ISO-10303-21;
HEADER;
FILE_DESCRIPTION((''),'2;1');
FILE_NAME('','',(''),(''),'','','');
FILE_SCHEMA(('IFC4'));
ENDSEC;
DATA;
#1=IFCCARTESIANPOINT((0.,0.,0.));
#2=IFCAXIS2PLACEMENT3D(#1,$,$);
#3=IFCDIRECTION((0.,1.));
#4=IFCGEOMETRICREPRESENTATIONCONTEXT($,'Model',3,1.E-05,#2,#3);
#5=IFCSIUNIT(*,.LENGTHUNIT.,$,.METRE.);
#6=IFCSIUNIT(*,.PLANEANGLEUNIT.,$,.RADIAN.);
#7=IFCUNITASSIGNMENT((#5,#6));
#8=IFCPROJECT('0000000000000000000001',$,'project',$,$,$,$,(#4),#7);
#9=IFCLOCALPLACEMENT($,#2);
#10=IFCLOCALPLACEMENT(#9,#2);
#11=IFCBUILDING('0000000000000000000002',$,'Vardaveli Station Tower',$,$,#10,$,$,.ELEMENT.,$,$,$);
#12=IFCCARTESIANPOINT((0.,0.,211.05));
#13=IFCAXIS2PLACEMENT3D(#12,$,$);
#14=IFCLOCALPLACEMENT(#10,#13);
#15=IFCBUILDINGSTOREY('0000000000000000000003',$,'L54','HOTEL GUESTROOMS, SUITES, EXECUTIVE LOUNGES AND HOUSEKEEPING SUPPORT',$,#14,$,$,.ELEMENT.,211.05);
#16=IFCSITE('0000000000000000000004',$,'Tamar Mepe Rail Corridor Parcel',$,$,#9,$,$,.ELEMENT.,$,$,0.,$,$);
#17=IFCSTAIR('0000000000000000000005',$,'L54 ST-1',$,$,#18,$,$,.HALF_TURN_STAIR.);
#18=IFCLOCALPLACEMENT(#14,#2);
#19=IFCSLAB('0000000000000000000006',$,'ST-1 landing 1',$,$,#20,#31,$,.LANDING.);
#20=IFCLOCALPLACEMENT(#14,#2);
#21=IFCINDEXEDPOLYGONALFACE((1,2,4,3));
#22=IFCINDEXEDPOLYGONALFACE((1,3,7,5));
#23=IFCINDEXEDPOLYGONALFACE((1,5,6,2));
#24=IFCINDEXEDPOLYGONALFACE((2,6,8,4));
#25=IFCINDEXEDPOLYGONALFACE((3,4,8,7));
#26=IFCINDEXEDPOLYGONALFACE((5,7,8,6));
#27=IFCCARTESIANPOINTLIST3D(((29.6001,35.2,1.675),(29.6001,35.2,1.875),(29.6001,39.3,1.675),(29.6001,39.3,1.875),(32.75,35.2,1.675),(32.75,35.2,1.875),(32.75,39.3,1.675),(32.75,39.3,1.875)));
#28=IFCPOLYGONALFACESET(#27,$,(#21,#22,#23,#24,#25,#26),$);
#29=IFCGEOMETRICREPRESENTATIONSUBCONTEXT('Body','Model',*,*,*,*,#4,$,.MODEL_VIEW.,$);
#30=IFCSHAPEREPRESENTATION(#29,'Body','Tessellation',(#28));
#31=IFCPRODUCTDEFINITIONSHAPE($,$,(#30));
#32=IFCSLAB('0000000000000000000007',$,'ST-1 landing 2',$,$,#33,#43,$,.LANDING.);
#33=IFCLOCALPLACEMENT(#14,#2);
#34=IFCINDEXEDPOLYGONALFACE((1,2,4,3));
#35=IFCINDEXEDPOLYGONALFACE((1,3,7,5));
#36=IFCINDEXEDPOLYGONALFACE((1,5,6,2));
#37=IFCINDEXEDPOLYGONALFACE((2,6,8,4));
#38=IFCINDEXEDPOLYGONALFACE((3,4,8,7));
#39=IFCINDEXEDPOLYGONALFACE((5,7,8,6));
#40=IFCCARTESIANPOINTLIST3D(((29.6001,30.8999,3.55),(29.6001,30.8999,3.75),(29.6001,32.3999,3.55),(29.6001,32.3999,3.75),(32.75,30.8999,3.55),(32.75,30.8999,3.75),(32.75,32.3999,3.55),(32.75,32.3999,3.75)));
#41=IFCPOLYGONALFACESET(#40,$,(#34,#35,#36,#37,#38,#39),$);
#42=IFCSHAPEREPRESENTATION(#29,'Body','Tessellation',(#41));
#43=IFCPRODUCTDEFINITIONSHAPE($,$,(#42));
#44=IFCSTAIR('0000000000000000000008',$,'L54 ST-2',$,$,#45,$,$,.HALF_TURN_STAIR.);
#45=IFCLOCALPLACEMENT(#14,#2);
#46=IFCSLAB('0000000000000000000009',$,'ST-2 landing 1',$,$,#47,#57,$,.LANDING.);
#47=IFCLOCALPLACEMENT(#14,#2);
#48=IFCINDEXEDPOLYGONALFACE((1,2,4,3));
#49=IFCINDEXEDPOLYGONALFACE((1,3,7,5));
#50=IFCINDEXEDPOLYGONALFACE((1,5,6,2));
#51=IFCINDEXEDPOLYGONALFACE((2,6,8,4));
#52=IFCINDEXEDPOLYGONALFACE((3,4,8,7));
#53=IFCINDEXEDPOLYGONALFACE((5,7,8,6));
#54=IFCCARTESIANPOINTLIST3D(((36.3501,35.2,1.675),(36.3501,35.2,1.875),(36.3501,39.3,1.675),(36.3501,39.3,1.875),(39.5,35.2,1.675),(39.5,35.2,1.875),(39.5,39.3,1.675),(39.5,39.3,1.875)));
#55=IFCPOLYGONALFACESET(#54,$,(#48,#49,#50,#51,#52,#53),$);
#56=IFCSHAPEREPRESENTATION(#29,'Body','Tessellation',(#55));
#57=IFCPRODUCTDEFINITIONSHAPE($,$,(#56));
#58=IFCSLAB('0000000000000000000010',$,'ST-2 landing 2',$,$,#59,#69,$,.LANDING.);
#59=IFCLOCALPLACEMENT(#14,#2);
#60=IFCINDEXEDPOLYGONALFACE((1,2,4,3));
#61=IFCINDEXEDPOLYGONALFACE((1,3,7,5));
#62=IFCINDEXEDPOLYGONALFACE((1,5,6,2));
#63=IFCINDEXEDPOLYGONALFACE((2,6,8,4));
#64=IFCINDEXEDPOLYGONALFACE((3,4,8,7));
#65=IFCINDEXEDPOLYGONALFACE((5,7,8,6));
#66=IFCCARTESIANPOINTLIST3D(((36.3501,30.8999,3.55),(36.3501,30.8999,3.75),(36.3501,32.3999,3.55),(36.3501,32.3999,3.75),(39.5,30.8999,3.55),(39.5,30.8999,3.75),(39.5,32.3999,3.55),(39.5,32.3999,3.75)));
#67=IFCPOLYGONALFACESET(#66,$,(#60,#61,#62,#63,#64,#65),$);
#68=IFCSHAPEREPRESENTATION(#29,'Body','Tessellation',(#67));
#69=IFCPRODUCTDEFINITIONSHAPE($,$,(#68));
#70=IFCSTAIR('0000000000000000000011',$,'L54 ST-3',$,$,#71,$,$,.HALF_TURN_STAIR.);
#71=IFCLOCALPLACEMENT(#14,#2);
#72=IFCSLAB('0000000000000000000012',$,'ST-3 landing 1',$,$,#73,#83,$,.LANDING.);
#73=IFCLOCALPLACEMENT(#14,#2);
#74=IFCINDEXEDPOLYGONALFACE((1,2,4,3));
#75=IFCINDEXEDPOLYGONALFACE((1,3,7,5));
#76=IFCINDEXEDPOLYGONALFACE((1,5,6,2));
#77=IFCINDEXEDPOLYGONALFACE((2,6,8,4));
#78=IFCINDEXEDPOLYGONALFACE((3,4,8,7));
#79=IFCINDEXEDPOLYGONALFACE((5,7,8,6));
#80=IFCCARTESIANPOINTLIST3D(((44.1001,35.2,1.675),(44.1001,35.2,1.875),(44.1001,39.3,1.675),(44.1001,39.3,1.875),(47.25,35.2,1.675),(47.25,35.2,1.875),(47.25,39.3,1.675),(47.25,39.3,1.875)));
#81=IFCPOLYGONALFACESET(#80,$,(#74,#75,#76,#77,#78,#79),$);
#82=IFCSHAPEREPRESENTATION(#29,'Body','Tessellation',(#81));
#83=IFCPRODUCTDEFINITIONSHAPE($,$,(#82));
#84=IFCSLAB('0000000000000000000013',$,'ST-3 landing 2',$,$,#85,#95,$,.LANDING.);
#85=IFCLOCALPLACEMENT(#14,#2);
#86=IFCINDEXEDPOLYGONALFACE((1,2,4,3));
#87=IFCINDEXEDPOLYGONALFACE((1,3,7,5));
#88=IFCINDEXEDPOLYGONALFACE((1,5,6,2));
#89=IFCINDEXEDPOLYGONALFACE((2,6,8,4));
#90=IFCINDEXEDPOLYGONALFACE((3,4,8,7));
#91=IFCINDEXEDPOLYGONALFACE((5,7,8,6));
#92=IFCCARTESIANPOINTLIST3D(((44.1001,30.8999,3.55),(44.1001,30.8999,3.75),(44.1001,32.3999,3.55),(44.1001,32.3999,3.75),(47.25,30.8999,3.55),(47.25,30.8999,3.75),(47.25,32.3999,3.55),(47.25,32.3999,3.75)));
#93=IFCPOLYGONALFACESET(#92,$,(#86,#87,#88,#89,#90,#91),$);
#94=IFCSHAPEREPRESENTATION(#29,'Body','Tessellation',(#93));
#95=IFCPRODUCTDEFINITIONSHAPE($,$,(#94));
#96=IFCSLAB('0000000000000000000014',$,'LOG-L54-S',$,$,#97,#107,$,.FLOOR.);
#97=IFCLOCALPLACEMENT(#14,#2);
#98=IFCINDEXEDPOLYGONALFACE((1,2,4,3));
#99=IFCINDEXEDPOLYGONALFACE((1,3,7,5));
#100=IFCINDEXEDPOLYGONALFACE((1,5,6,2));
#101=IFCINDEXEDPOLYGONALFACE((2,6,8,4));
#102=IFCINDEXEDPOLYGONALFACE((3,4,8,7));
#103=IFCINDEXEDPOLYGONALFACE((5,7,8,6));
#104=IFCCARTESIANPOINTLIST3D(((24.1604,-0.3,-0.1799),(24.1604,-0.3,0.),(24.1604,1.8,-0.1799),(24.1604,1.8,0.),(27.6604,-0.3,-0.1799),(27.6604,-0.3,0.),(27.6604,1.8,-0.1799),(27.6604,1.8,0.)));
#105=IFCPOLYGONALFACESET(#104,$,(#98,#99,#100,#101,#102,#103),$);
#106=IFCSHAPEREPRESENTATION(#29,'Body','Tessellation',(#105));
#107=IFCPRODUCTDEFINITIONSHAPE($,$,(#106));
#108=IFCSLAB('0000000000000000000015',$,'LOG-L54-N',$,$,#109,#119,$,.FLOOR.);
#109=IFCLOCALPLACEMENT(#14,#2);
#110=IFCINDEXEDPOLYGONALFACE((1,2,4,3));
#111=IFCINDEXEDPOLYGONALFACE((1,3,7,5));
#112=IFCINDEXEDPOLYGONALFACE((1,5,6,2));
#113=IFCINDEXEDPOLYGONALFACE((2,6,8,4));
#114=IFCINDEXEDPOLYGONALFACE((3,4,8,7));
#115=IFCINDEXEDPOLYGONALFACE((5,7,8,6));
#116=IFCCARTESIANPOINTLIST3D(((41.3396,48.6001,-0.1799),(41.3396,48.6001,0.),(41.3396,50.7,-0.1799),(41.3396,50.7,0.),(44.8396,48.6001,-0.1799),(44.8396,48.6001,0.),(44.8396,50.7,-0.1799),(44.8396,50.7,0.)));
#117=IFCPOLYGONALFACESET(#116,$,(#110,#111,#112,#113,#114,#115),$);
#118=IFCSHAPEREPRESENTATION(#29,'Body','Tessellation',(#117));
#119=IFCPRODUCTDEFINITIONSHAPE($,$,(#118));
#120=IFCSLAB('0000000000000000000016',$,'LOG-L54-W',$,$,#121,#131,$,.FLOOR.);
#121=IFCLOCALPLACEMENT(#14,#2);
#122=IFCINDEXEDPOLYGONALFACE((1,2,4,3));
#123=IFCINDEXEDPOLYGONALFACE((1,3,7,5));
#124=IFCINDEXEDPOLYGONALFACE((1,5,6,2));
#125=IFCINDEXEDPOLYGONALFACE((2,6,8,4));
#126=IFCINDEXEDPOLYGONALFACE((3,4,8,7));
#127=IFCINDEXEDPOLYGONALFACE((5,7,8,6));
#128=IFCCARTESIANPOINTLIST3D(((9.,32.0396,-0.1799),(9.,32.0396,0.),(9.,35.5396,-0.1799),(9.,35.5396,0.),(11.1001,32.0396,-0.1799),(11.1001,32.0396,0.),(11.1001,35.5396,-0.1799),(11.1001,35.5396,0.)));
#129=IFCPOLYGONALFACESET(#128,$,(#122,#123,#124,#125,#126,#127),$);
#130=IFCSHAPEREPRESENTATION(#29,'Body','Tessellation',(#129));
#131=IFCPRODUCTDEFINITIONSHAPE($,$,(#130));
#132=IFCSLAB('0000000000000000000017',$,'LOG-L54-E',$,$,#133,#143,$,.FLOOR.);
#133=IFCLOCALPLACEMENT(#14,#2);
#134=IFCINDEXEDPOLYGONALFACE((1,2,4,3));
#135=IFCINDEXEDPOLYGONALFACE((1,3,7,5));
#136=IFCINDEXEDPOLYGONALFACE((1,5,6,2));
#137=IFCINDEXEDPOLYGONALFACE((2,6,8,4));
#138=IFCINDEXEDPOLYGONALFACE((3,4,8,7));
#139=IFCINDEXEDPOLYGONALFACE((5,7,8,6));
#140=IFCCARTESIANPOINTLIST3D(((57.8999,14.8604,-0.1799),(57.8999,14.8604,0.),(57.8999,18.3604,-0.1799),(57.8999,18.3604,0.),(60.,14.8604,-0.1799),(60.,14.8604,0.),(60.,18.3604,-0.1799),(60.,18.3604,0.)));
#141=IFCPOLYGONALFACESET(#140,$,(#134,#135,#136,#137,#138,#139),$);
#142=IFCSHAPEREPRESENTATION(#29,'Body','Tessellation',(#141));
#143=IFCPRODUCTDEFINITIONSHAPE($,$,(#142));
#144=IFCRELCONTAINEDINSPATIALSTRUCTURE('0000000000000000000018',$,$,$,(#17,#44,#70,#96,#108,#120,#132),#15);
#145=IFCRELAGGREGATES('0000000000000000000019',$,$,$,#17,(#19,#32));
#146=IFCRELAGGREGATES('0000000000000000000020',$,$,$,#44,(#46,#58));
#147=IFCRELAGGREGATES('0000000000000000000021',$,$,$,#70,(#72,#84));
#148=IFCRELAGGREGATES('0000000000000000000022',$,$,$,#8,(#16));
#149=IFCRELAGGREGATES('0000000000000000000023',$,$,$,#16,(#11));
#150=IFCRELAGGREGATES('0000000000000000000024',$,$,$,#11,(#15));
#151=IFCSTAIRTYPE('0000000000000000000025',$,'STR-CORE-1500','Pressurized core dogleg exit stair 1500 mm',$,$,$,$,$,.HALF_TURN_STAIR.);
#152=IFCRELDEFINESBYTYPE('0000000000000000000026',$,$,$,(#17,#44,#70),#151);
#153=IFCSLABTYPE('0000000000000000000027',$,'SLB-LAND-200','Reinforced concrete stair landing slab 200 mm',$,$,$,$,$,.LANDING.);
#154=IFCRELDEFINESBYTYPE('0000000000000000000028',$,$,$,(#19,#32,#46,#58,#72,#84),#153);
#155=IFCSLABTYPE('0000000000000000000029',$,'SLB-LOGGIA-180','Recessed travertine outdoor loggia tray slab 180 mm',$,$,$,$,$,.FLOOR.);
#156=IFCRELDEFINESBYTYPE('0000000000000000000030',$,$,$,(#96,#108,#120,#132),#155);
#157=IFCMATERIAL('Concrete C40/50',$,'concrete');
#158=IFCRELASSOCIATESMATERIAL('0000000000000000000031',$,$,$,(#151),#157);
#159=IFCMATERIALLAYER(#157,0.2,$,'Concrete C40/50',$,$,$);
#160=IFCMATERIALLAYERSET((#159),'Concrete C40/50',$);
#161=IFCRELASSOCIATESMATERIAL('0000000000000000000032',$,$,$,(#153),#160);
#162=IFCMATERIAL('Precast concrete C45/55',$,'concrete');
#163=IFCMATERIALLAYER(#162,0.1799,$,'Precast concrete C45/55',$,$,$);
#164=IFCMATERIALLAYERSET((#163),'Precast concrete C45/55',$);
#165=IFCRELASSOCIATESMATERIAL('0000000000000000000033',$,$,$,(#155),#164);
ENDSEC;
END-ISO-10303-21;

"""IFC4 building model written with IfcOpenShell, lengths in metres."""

from ifc_helpers import new_model, si_unit, direction, frame, origin, place, context, subcontext, project, spatial, polyline, outline, extrude, material, layer, layer_set, type_object, element, aggregate, save


model = new_model("IFC4")

# Units and contexts
model_context = context("Model", 3, precision=1e-05, world=origin(), true_north=direction((0.0, 1.0)))
body_context = subcontext(model_context, "Body", "Model", "MODEL_VIEW")
ifc_project = project(units=[si_unit("LENGTHUNIT", "METRE"), si_unit("PLANEANGLEUNIT", "RADIAN")], contexts=[model_context])

# Site, building, storey
site_placement = place(None, origin())
site = spatial("IfcSite", under=ifc_project, at=site_placement, Name="Tamar Mepe Rail Corridor Parcel", CompositionType="ELEMENT", RefElevation=0.0)
building_placement = place(site_placement, origin())
building = spatial("IfcBuilding", under=site, at=building_placement, Name="Vardaveli Station Tower", CompositionType="ELEMENT")
storey_placement = place(building_placement, frame((0.0, 0.0, 211.05)))
storey = spatial("IfcBuildingStorey", under=building, at=storey_placement, Name="L54", Description="HOTEL GUESTROOMS, SUITES, EXECUTIVE LOUNGES AND HOUSEKEEPING SUPPORT", CompositionType="ELEMENT", Elevation=211.05)

# Stairs, slabs
ifc_material_1 = material(Name="Concrete C40/50", Category="concrete")
stair_type = type_object("IfcStairType", Name="STR-CORE-1500", Description="Pressurized core dogleg exit stair 1500 mm", PredefinedType="HALF_TURN_STAIR", material=ifc_material_1)
stair_1_placement = place(storey_placement, origin())
stair_1 = element("IfcStair", 1, at=stair_1_placement, inside=storey, type_object=stair_type, Name="L54 ST-1", PredefinedType="HALF_TURN_STAIR")
ifc_layer_1 = layer(ifc_material_1, 0.2, Name="Concrete C40/50")
ifc_layer_set_1 = layer_set([ifc_layer_1], Name="Concrete C40/50")
slab_type_1 = type_object("IfcSlabType", Name="SLB-LAND-200", Description="Reinforced concrete stair landing slab 200 mm", PredefinedType="LANDING", material=ifc_layer_set_1)
slab_1_placement = place(storey_placement, frame((0.0, 0.0, 1.675)))
slab_1 = element("IfcSlab", 2, at=slab_1_placement, type_object=slab_type_1, Name="ST-1 landing 1", PredefinedType="LANDING", context=body_context, shape_type="SweptSolid", body=[
    extrude(outline(polyline([(32.75, 35.2), (32.75, 39.3), (29.6001, 39.3), (29.6001, 35.2), (32.75, 35.2)])), origin(), (0.0, 0.0, 1.0), 0.2),
])
slab_2_placement = place(storey_placement, frame((0.0, 0.0, 3.55)))
slab_2 = element("IfcSlab", 3, at=slab_2_placement, type_object=slab_type_1, Name="ST-1 landing 2", PredefinedType="LANDING", context=body_context, shape_type="SweptSolid", body=[
    extrude(outline(polyline([(32.75, 30.8999), (32.75, 32.3999), (29.6001, 32.3999), (29.6001, 30.8999), (32.75, 30.8999)])), origin(), (0.0, 0.0, 1.0), 0.2),
])
aggregate(stair_1, [slab_1, slab_2])
stair_2_placement = place(storey_placement, origin())
stair_2 = element("IfcStair", 4, at=stair_2_placement, inside=storey, type_object=stair_type, Name="L54 ST-2", PredefinedType="HALF_TURN_STAIR")
slab_3_placement = place(storey_placement, frame((0.0, 0.0, 1.675)))
slab_3 = element("IfcSlab", 5, at=slab_3_placement, type_object=slab_type_1, Name="ST-2 landing 1", PredefinedType="LANDING", context=body_context, shape_type="SweptSolid", body=[
    extrude(outline(polyline([(39.5, 35.2), (39.5, 39.3), (36.3501, 39.3), (36.3501, 35.2), (39.5, 35.2)])), origin(), (0.0, 0.0, 1.0), 0.2),
])
slab_4_placement = place(storey_placement, frame((0.0, 0.0, 3.55)))
slab_4 = element("IfcSlab", 6, at=slab_4_placement, type_object=slab_type_1, Name="ST-2 landing 2", PredefinedType="LANDING", context=body_context, shape_type="SweptSolid", body=[
    extrude(outline(polyline([(39.5, 30.8999), (39.5, 32.3999), (36.3501, 32.3999), (36.3501, 30.8999), (39.5, 30.8999)])), origin(), (0.0, 0.0, 1.0), 0.2),
])
aggregate(stair_2, [slab_3, slab_4])
stair_3_placement = place(storey_placement, origin())
stair_3 = element("IfcStair", 7, at=stair_3_placement, inside=storey, type_object=stair_type, Name="L54 ST-3", PredefinedType="HALF_TURN_STAIR")
slab_5_placement = place(storey_placement, frame((0.0, 0.0, 1.675)))
slab_5 = element("IfcSlab", 8, at=slab_5_placement, type_object=slab_type_1, Name="ST-3 landing 1", PredefinedType="LANDING", context=body_context, shape_type="SweptSolid", body=[
    extrude(outline(polyline([(47.25, 35.2), (47.25, 39.3), (44.1001, 39.3), (44.1001, 35.2), (47.25, 35.2)])), origin(), (0.0, 0.0, 1.0), 0.2),
])
slab_6_placement = place(storey_placement, frame((0.0, 0.0, 3.55)))
slab_6 = element("IfcSlab", 9, at=slab_6_placement, type_object=slab_type_1, Name="ST-3 landing 2", PredefinedType="LANDING", context=body_context, shape_type="SweptSolid", body=[
    extrude(outline(polyline([(47.25, 30.8999), (47.25, 32.3999), (44.1001, 32.3999), (44.1001, 30.8999), (47.25, 30.8999)])), origin(), (0.0, 0.0, 1.0), 0.2),
])
aggregate(stair_3, [slab_5, slab_6])

# Slabs
ifc_material_2 = material(Name="Precast concrete C45/55", Category="concrete")
ifc_layer_2 = layer(ifc_material_2, 0.1799, Name="Precast concrete C45/55")
ifc_layer_set_2 = layer_set([ifc_layer_2], Name="Precast concrete C45/55")
slab_type_2 = type_object("IfcSlabType", Name="SLB-LOGGIA-180", Description="Recessed travertine outdoor loggia tray slab 180 mm", PredefinedType="FLOOR", material=ifc_layer_set_2)
slab_7_placement = place(storey_placement, frame((0.0, 0.0, -0.1799)))
element("IfcSlab", 10, at=slab_7_placement, inside=storey, type_object=slab_type_2, Name="LOG-L54-S", PredefinedType="FLOOR", context=body_context, shape_type="SweptSolid", body=[
    extrude(outline(polyline([(24.1604, -0.3), (27.6604, -0.3), (27.6604, 1.8), (24.1604, 1.8), (24.1604, -0.3)])), origin(), (0.0, 0.0, 1.0), 0.1799),
])
slab_8_placement = place(storey_placement, frame((0.0, 0.0, -0.1799)))
element("IfcSlab", 11, at=slab_8_placement, inside=storey, type_object=slab_type_2, Name="LOG-L54-N", PredefinedType="FLOOR", context=body_context, shape_type="SweptSolid", body=[
    extrude(outline(polyline([(41.3396, 48.6001), (44.8396, 48.6001), (44.8396, 50.7), (41.3396, 50.7), (41.3396, 48.6001)])), origin(), (0.0, 0.0, 1.0), 0.1799),
])
slab_9_placement = place(storey_placement, frame((0.0, 0.0, -0.1799)))
element("IfcSlab", 12, at=slab_9_placement, inside=storey, type_object=slab_type_2, Name="LOG-L54-W", PredefinedType="FLOOR", context=body_context, shape_type="SweptSolid", body=[
    extrude(outline(polyline([(9.0, 32.0396), (11.1001, 32.0396), (11.1001, 35.5396), (9.0, 35.5396), (9.0, 32.0396)])), origin(), (0.0, 0.0, 1.0), 0.1799),
])
slab_10_placement = place(storey_placement, frame((0.0, 0.0, -0.1799)))
element("IfcSlab", 13, at=slab_10_placement, inside=storey, type_object=slab_type_2, Name="LOG-L54-E", PredefinedType="FLOOR", context=body_context, shape_type="SweptSolid", body=[
    extrude(outline(polyline([(57.8999, 14.8604), (60.0, 14.8604), (60.0, 18.3604), (57.8999, 18.3604), (57.8999, 14.8604)])), origin(), (0.0, 0.0, 1.0), 0.1799),
])

save(model, "model.ifc")
